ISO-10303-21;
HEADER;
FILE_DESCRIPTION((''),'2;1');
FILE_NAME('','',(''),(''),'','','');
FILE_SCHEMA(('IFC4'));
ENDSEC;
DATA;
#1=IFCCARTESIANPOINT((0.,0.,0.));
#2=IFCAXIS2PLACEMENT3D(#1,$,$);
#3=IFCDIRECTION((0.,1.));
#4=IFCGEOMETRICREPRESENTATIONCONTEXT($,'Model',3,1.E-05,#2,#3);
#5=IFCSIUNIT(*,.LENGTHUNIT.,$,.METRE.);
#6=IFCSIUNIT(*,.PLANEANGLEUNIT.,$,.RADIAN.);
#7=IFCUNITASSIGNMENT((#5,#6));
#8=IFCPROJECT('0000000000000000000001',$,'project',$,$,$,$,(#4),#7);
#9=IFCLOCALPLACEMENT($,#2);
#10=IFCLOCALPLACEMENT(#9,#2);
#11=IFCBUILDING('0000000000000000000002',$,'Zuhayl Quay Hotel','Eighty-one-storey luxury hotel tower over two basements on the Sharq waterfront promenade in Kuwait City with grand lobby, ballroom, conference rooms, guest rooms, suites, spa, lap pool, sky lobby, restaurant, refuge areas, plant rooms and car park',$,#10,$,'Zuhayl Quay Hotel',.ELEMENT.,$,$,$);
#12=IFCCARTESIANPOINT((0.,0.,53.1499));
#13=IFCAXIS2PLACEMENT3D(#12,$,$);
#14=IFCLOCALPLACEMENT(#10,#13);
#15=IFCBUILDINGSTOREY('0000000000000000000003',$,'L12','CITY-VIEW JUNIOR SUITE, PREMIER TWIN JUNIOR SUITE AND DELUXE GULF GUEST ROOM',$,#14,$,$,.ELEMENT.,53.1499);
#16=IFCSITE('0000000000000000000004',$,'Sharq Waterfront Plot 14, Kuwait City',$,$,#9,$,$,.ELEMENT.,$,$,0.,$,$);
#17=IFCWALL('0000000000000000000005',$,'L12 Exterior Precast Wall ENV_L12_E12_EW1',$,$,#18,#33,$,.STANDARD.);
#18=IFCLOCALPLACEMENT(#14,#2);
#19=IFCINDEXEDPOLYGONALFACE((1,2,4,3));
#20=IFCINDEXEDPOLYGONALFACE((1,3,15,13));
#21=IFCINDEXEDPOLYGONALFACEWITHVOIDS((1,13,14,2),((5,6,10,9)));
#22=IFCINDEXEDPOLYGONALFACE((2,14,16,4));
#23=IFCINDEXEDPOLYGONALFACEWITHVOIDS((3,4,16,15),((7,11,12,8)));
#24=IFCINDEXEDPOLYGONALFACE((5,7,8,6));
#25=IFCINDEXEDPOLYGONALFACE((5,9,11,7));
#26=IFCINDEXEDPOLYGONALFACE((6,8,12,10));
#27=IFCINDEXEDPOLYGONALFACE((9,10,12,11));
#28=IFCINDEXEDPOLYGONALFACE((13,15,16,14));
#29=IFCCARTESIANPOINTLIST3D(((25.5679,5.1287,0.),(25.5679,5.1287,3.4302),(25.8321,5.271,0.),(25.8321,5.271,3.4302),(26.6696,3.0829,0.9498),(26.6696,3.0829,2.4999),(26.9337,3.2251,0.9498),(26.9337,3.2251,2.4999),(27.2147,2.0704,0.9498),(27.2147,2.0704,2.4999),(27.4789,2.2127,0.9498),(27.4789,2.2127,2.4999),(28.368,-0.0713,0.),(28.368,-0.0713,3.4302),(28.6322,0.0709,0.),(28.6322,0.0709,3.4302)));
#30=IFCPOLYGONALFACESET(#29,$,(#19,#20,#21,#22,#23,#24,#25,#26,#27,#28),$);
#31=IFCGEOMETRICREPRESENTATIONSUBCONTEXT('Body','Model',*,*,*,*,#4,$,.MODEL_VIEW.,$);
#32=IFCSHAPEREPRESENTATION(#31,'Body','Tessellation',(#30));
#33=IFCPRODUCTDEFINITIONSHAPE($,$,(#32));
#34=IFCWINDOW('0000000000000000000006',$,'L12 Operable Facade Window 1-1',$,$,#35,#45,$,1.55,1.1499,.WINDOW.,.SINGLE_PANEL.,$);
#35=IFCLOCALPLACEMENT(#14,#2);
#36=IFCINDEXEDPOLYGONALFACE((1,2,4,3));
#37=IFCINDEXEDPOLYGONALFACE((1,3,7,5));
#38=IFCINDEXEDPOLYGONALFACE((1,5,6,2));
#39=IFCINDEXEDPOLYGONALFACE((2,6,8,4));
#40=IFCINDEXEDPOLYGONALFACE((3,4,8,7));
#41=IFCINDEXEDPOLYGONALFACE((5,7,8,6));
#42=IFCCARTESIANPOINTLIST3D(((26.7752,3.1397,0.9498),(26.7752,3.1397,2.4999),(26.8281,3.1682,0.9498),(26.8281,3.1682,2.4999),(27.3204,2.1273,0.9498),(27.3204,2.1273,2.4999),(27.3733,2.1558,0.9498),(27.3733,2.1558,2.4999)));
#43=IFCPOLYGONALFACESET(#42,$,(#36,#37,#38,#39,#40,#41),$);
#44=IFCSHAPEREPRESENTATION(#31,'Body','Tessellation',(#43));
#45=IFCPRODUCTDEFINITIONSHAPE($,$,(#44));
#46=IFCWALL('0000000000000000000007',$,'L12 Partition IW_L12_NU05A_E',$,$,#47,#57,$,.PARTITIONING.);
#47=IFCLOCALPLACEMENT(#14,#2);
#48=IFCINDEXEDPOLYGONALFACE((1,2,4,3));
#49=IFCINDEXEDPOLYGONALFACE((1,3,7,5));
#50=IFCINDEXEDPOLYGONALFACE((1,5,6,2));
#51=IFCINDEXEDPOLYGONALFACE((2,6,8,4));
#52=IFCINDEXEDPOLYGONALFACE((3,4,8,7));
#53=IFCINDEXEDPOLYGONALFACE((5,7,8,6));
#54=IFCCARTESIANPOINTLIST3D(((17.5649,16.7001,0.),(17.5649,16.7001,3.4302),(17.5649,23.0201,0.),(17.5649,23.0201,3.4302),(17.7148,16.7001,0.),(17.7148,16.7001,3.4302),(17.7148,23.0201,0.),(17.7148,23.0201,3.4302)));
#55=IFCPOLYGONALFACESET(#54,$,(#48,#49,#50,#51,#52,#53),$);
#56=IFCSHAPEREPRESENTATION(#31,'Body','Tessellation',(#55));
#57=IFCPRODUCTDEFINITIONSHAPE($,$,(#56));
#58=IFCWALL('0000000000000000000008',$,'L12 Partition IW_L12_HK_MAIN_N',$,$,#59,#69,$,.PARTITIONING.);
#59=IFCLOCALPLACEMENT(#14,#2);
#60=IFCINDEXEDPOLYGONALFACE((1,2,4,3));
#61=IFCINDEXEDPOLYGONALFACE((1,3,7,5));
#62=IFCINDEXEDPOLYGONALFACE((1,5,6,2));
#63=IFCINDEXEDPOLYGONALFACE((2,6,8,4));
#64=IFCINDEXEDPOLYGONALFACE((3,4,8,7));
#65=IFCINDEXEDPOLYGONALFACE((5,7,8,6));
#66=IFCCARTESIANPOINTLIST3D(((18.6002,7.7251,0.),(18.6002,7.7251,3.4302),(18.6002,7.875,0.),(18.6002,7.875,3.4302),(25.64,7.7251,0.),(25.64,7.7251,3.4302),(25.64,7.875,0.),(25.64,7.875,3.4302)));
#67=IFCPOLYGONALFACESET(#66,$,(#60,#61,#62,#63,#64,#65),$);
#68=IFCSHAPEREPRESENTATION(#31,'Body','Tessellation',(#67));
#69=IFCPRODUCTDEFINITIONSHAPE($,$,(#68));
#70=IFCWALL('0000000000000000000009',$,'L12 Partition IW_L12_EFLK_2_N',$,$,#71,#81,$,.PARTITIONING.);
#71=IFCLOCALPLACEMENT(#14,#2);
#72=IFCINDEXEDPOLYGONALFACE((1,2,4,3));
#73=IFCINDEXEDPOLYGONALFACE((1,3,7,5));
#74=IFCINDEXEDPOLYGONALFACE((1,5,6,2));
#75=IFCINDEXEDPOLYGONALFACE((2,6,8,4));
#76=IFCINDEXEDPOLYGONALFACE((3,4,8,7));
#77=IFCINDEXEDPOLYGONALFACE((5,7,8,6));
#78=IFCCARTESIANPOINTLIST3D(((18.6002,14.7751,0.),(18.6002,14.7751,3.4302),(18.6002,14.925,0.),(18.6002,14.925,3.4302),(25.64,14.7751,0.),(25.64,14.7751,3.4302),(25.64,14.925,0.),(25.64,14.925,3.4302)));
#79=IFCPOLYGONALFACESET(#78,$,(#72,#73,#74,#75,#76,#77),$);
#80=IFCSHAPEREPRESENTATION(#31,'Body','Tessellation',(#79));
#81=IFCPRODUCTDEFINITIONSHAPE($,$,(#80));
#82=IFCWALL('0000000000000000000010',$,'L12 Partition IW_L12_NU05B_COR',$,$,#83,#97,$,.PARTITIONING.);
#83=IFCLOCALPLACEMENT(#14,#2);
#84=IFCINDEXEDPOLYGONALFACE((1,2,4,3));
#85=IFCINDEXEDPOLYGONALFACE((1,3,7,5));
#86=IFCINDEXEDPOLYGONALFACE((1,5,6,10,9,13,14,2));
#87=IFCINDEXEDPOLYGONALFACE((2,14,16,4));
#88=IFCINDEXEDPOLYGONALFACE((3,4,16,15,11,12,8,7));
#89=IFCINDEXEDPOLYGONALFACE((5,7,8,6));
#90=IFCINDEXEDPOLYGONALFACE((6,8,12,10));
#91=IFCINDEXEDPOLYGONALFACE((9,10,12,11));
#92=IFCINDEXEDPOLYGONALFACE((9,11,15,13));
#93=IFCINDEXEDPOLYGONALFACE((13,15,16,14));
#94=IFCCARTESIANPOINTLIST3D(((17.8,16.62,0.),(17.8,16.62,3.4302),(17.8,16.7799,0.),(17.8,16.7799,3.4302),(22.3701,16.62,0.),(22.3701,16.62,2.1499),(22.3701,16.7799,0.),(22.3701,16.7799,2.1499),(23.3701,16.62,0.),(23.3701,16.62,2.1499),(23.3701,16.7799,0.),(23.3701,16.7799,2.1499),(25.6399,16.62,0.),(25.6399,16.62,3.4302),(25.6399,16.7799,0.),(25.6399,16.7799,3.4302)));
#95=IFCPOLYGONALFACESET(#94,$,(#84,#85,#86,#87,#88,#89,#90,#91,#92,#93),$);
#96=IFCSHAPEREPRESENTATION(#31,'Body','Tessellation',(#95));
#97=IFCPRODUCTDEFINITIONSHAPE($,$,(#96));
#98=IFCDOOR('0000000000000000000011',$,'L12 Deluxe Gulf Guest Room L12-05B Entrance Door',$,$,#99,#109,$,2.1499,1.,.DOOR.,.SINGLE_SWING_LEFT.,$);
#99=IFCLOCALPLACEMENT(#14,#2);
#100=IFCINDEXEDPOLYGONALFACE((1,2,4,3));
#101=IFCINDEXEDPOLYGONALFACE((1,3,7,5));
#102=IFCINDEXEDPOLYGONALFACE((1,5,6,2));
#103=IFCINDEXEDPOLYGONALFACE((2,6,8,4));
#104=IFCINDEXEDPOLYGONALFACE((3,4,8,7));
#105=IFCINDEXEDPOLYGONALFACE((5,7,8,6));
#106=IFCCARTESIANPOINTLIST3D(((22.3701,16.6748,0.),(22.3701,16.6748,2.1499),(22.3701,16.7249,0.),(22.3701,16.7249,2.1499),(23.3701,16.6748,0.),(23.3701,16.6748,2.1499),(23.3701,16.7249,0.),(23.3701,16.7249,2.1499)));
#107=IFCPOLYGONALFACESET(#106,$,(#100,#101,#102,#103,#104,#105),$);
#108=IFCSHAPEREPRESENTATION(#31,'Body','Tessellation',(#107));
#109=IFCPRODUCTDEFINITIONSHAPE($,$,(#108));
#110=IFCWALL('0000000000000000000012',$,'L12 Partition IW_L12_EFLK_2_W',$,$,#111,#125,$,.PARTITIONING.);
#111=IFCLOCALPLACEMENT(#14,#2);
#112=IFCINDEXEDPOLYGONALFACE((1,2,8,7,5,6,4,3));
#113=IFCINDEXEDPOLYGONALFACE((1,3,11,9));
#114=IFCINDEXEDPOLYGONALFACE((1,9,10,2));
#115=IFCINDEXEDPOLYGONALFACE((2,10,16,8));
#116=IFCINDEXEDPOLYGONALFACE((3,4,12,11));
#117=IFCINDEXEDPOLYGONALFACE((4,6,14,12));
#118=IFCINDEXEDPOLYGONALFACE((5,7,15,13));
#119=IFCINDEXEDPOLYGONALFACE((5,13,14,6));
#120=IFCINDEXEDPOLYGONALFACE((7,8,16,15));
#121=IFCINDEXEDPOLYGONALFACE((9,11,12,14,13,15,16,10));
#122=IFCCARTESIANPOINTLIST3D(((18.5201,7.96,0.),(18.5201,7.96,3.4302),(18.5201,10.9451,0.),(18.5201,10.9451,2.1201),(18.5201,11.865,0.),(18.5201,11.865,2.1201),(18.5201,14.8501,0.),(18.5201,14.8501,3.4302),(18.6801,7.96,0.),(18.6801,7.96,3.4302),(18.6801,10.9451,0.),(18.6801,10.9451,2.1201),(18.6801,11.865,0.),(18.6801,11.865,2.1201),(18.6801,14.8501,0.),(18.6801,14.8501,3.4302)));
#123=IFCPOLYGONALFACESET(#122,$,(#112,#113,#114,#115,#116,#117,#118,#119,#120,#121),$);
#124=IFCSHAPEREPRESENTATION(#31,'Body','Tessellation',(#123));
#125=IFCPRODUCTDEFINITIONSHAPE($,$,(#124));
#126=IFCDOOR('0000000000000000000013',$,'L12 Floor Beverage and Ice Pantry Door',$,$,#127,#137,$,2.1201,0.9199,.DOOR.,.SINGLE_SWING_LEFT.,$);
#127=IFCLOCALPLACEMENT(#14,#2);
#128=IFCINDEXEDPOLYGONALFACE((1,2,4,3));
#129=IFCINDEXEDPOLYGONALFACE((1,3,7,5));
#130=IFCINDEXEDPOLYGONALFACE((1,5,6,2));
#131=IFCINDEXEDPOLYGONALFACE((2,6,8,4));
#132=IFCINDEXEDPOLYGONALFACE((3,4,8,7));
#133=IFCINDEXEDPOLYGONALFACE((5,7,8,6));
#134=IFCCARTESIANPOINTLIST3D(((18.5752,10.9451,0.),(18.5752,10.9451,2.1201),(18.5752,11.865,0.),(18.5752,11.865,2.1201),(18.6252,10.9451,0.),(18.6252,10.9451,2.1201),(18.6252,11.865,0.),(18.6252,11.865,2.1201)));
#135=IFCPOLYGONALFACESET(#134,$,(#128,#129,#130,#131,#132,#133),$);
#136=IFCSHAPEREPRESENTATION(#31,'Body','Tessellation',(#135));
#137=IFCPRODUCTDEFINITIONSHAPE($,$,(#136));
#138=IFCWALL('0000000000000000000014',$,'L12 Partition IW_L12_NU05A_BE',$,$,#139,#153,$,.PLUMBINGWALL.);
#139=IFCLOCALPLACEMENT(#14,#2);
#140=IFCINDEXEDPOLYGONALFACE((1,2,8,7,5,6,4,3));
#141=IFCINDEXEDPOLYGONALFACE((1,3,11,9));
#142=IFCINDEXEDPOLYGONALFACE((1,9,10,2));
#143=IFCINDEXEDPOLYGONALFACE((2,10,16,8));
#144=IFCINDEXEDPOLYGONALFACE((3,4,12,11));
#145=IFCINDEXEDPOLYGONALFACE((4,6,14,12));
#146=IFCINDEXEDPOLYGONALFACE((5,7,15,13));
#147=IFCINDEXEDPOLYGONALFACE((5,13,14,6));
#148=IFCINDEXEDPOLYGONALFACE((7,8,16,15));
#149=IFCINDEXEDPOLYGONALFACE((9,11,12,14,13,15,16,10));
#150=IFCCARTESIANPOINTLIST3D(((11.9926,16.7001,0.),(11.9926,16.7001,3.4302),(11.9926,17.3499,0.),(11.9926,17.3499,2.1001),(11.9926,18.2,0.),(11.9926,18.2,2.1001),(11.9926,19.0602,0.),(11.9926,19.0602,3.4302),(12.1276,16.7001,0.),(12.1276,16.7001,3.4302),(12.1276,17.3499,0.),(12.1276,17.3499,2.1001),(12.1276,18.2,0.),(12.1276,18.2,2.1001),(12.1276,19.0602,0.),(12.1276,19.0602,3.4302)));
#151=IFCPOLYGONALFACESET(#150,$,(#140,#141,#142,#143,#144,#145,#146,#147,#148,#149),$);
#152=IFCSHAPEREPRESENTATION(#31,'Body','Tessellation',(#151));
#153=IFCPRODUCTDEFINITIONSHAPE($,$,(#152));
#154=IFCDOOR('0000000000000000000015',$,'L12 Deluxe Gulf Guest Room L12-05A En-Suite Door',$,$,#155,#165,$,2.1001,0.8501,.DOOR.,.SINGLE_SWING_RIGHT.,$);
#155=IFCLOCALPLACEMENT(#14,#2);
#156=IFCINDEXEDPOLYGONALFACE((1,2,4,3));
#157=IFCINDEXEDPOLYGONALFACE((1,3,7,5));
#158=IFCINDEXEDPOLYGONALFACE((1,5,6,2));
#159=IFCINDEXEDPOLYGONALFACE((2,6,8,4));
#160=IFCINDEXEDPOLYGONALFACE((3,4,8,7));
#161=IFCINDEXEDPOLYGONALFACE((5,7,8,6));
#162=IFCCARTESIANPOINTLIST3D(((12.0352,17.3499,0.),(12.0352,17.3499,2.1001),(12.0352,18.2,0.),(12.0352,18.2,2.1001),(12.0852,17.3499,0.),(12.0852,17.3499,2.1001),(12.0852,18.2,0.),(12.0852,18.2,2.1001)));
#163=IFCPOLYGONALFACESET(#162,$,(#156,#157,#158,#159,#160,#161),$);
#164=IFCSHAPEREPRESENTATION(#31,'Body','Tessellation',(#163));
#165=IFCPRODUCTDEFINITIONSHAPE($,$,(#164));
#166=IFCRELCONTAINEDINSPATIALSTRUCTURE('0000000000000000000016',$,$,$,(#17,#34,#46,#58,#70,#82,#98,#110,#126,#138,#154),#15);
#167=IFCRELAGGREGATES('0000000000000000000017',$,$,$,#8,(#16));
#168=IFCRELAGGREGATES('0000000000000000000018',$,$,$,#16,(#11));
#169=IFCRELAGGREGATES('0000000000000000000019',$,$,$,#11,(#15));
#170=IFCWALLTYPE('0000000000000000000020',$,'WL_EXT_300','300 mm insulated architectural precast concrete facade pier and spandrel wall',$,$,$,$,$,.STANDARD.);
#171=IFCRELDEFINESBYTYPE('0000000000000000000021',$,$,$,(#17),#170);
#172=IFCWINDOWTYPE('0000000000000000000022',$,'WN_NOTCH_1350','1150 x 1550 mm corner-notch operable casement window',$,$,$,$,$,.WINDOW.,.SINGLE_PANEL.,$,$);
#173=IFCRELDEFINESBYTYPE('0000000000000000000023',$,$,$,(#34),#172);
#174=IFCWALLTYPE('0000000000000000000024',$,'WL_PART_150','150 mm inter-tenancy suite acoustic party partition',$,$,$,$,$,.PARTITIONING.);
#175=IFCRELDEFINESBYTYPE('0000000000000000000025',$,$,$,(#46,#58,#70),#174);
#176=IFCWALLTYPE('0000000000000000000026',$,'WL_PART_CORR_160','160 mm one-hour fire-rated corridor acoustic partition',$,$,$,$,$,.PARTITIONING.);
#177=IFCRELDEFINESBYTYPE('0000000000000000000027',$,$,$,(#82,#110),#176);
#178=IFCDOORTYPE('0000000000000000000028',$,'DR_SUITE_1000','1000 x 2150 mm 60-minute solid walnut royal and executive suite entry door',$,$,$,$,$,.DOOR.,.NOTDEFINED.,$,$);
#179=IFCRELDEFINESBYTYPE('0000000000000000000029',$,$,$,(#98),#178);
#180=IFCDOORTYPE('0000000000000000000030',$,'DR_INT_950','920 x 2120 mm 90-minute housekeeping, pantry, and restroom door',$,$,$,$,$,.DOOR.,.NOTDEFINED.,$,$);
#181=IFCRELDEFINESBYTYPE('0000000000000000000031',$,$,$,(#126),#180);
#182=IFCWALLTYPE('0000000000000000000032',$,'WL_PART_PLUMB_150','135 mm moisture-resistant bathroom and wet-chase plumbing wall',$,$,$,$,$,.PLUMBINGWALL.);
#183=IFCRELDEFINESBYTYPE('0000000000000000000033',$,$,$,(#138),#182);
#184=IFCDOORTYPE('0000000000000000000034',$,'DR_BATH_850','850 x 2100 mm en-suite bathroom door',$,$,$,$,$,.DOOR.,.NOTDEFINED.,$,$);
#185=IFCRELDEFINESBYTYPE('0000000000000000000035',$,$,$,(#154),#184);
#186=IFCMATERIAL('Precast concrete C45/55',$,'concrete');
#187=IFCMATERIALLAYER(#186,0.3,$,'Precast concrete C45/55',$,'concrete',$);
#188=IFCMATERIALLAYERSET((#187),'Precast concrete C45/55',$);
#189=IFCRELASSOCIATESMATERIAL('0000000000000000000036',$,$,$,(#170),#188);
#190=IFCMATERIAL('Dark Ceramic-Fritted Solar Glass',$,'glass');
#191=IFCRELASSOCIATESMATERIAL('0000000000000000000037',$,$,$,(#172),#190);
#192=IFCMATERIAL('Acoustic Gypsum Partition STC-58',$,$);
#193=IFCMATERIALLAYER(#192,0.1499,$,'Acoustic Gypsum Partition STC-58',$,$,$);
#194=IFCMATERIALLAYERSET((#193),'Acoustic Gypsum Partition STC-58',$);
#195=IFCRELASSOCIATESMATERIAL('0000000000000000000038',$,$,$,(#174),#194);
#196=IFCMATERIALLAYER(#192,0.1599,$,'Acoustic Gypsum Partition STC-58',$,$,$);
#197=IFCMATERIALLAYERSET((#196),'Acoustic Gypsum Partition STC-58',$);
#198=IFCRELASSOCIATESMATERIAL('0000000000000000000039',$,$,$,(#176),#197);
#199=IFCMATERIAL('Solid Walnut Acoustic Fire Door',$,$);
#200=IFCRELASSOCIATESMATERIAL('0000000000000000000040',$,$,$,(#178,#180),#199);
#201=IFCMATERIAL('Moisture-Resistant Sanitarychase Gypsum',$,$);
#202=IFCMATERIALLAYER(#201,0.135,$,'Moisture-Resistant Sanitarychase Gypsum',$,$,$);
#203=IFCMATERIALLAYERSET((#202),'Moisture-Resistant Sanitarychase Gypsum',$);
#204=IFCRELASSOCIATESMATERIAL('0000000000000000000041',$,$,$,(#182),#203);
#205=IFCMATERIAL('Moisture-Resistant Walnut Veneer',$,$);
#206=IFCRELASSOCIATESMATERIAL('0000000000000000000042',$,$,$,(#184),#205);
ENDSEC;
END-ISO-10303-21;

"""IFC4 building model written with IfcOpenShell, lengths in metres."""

from ifc_helpers import new_model, si_unit, direction, frame, frame_2d, origin, place, context, subcontext, project, spatial, rectangle, extrude, material, layer, layer_set, type_object, element, fill, save


model = new_model("IFC4")

# Units and contexts
model_context = context("Model", 3, precision=1e-05, world=origin(), true_north=direction((0.0, 1.0)))
body_context = subcontext(model_context, "Body", "Model", "MODEL_VIEW")
ifc_project = project(units=[si_unit("LENGTHUNIT", "METRE"), si_unit("PLANEANGLEUNIT", "RADIAN")], contexts=[model_context])

# Site, building, storey
site_placement = place(None, origin())
site = spatial("IfcSite", under=ifc_project, at=site_placement, Name="Sharq Waterfront Plot 14, Kuwait City", CompositionType="ELEMENT", RefElevation=0.0)
building_placement = place(site_placement, origin())
building = spatial("IfcBuilding", under=site, at=building_placement, Name="Zuhayl Quay Hotel", Description="Eighty-one-storey luxury hotel tower over two basements on the Sharq waterfront promenade in Kuwait City with grand lobby, ballroom, conference rooms, guest rooms, suites, spa, lap pool, sky lobby, restaurant, refuge areas, plant rooms and car park", LongName="Zuhayl Quay Hotel", CompositionType="ELEMENT")
storey_placement = place(building_placement, frame((0.0, 0.0, 53.1499)))
storey = spatial("IfcBuildingStorey", under=building, at=storey_placement, Name="L12", Description="CITY-VIEW JUNIOR SUITE, PREMIER TWIN JUNIOR SUITE AND DELUXE GULF GUEST ROOM", CompositionType="ELEMENT", Elevation=53.1499)

# Shared definitions
ifc_material_1 = material(Name="Dark Ceramic-Fritted Solar Glass", Category="glass")

# Wall, opening, window
ifc_material_2 = material(Name="Precast concrete C45/55", Category="concrete")
ifc_layer_1 = layer(ifc_material_2, 0.3, Name="Precast concrete C45/55", Category="concrete")
ifc_layer_set_1 = layer_set([ifc_layer_1], Name="Precast concrete C45/55")
wall_type_1 = type_object("IfcWallType", Name="WL_EXT_300", Description="300 mm insulated architectural precast concrete facade pier and spandrel wall", PredefinedType="STANDARD", material=ifc_layer_set_1)
window_type = type_object("IfcWindowType", Name="WN_NOTCH_1350", Description="1150 x 1550 mm corner-notch operable casement window", PartitioningType="SINGLE_PANEL", PredefinedType="WINDOW", material=ifc_material_1)
wall_1_placement = place(storey_placement, frame((25.7, 5.2, 0.0), z_axis=(0.0, 0.0, 1.0), x_axis=(0.47411, -0.880466, 0.0)))
wall_1 = element("IfcWall", 1, at=wall_1_placement, inside=storey, type_object=wall_type_1, Name="L12 Exterior Precast Wall ENV_L12_E12_EW1", PredefinedType="STANDARD", context=body_context, shape_type="SweptSolid", body=[
    extrude(rectangle(XDim=5.906, YDim=0.3, at=frame_2d((2.9531, 0.0))), origin(), (0.0, 0.0, 1.0), 3.4302),
])
opening_1_placement = place(wall_1_placement, frame((2.3237, 0.0, 0.95)))
opening_1 = element("IfcOpeningElement", 2, at=opening_1_placement, cuts=wall_1, PredefinedType="OPENING", context=body_context, shape_type="SweptSolid", body=[
    extrude(rectangle(XDim=1.1499, YDim=1.55, at=frame_2d((0.575, 0.7749))), frame((0.0, 0.1599, 0.0), z_axis=(0.0, -1.0, 0.0), x_axis=(1.0, 0.0, 0.0)), (0.0, 0.0, 1.0), 0.3201),
])
window_1_placement = place(opening_1_placement, origin())
window_1 = element("IfcWindow", 3, at=window_1_placement, inside=storey, type_object=window_type, Name="L12 Operable Facade Window 1-1", OverallHeight=1.55, OverallWidth=1.1499, PartitioningType="SINGLE_PANEL", PredefinedType="WINDOW", context=body_context, shape_type="SweptSolid", body=[
    extrude(rectangle(XDim=1.1499, YDim=1.55, at=frame_2d((0.575, 0.7749))), frame((0.0, 0.03, 0.0), z_axis=(0.0, -1.0, 0.0), x_axis=(1.0, 0.0, 0.0)), (0.0, 0.0, 1.0), 0.0601),
])
fill(opening_1, window_1)

# Walls
ifc_material_3 = material(Name="Acoustic Gypsum Partition STC-58")
ifc_layer_2 = layer(ifc_material_3, 0.1499, Name="Acoustic Gypsum Partition STC-58")
ifc_layer_set_2 = layer_set([ifc_layer_2], Name="Acoustic Gypsum Partition STC-58")
wall_type_2 = type_object("IfcWallType", Name="WL_PART_150", Description="150 mm inter-tenancy suite acoustic party partition", PredefinedType="PARTITIONING", material=ifc_layer_set_2)
wall_2_placement = place(storey_placement, frame((17.6399, 16.7, 0.0), z_axis=(0.0, 0.0, 1.0), x_axis=(0.0, 1.0, 0.0)))
element("IfcWall", 4, at=wall_2_placement, inside=storey, type_object=wall_type_2, Name="L12 Partition IW_L12_NU05A_E", PredefinedType="PARTITIONING", context=body_context, shape_type="SweptSolid", body=[
    extrude(rectangle(XDim=6.3201, YDim=0.1499, at=frame_2d((3.1602, 0.0))), origin(), (0.0, 0.0, 1.0), 3.4302),
])
for number, where, z_axis, x_axis, name in (
    (5, (18.6001, 7.8, 0.0), (0.0, 0.0, 1.0), (1.0, 0.0, 0.0), "L12 Partition IW_L12_HK_MAIN_N"),
    (6, (18.6001, 14.8501, 0.0), (0.0, 0.0, 1.0), (1.0, 0.0, 0.0), "L12 Partition IW_L12_EFLK_2_N"),
):
    element("IfcWall", number, at=place(storey_placement, frame(where, z_axis=z_axis, x_axis=x_axis)), inside=storey, type_object=wall_type_2, Name=name, PredefinedType="PARTITIONING", context=body_context, shape_type="SweptSolid", body=[
        extrude(rectangle(XDim=7.0398, YDim=0.1499, at=frame_2d((3.52, 0.0))), origin(), (0.0, 0.0, 1.0), 3.4302),
    ])

# Walls, openings, doors
ifc_layer_3 = layer(ifc_material_3, 0.1599, Name="Acoustic Gypsum Partition STC-58")
ifc_layer_set_3 = layer_set([ifc_layer_3], Name="Acoustic Gypsum Partition STC-58")
wall_type_3 = type_object("IfcWallType", Name="WL_PART_CORR_160", Description="160 mm one-hour fire-rated corridor acoustic partition", PredefinedType="PARTITIONING", material=ifc_layer_set_3)
wall_3_placement = place(storey_placement, frame((17.8, 16.7, 0.0), z_axis=(0.0, 0.0, 1.0), x_axis=(1.0, 0.0, 0.0)))
wall_3 = element("IfcWall", 7, at=wall_3_placement, inside=storey, type_object=wall_type_3, Name="L12 Partition IW_L12_NU05B_COR", PredefinedType="PARTITIONING", context=body_context, shape_type="SweptSolid", body=[
    extrude(rectangle(XDim=7.8398, YDim=0.1599, at=frame_2d((3.9199, 0.0))), origin(), (0.0, 0.0, 1.0), 3.4302),
])
opening_2_placement = place(wall_3_placement, frame((4.5701, 0.0, 0.0)))
opening_2 = element("IfcOpeningElement", 8, at=opening_2_placement, cuts=wall_3, PredefinedType="OPENING", context=body_context, shape_type="SweptSolid", body=[
    extrude(rectangle(XDim=1.0, YDim=2.1499, at=frame_2d((0.5, 1.075))), frame((0.0, 0.0898, 0.0), z_axis=(0.0, -1.0, 0.0), x_axis=(1.0, 0.0, 0.0)), (0.0, 0.0, 1.0), 0.1799),
])
ifc_material_4 = material(Name="Solid Walnut Acoustic Fire Door")
door_type_1 = type_object("IfcDoorType", Name="DR_SUITE_1000", Description="1000 x 2150 mm 60-minute solid walnut royal and executive suite entry door", OperationType="NOTDEFINED", PredefinedType="DOOR", material=ifc_material_4)
door_1_placement = place(opening_2_placement, origin())
door_1 = element("IfcDoor", 9, at=door_1_placement, inside=storey, type_object=door_type_1, Name="L12 Deluxe Gulf Guest Room L12-05B Entrance Door", OperationType="SINGLE_SWING_LEFT", OverallHeight=2.1499, OverallWidth=1.0, PredefinedType="DOOR", context=body_context, shape_type="SweptSolid", body=[
    extrude(rectangle(XDim=1.0, YDim=2.1499, at=frame_2d((0.5, 1.075))), frame((0.0, 0.0249, 0.0), z_axis=(0.0, -1.0, 0.0), x_axis=(1.0, 0.0, 0.0)), (0.0, 0.0, 1.0), 0.05),
])
fill(opening_2, door_1)
wall_4_placement = place(storey_placement, frame((18.6001, 7.96, 0.0), z_axis=(0.0, 0.0, 1.0), x_axis=(0.0, 1.0, 0.0)))
wall_4 = element("IfcWall", 10, at=wall_4_placement, inside=storey, type_object=wall_type_3, Name="L12 Partition IW_L12_EFLK_2_W", PredefinedType="PARTITIONING", context=body_context, shape_type="SweptSolid", body=[
    extrude(rectangle(XDim=6.8901, YDim=0.1599, at=frame_2d((3.4451, 0.0))), origin(), (0.0, 0.0, 1.0), 3.4302),
])
opening_3_placement = place(wall_4_placement, frame((2.9851, 0.0, 0.0)))
opening_3 = element("IfcOpeningElement", 11, at=opening_3_placement, cuts=wall_4, PredefinedType="OPENING", context=body_context, shape_type="SweptSolid", body=[
    extrude(rectangle(XDim=0.9199, YDim=2.1201, at=frame_2d((0.46, 1.0601))), frame((0.0, 0.0898, 0.0), z_axis=(0.0, -1.0, 0.0), x_axis=(1.0, 0.0, 0.0)), (0.0, 0.0, 1.0), 0.1799),
])
door_type_2 = type_object("IfcDoorType", Name="DR_INT_950", Description="920 x 2120 mm 90-minute housekeeping, pantry, and restroom door", OperationType="NOTDEFINED", PredefinedType="DOOR", material=ifc_material_4)
door_2_placement = place(opening_3_placement, origin())
door_2 = element("IfcDoor", 12, at=door_2_placement, inside=storey, type_object=door_type_2, Name="L12 Floor Beverage and Ice Pantry Door", OperationType="SINGLE_SWING_LEFT", OverallHeight=2.1201, OverallWidth=0.9199, PredefinedType="DOOR", context=body_context, shape_type="SweptSolid", body=[
    extrude(rectangle(XDim=0.9199, YDim=2.1201, at=frame_2d((0.46, 1.0601))), frame((0.0, 0.0249, 0.0), z_axis=(0.0, -1.0, 0.0), x_axis=(1.0, 0.0, 0.0)), (0.0, 0.0, 1.0), 0.05),
])
fill(opening_3, door_2)
ifc_material_5 = material(Name="Moisture-Resistant Sanitarychase Gypsum")
ifc_layer_4 = layer(ifc_material_5, 0.135, Name="Moisture-Resistant Sanitarychase Gypsum")
ifc_layer_set_4 = layer_set([ifc_layer_4], Name="Moisture-Resistant Sanitarychase Gypsum")
wall_type_4 = type_object("IfcWallType", Name="WL_PART_PLUMB_150", Description="135 mm moisture-resistant bathroom and wet-chase plumbing wall", PredefinedType="PLUMBINGWALL", material=ifc_layer_set_4)
wall_5_placement = place(storey_placement, frame((12.0601, 16.7, 0.0), z_axis=(0.0, 0.0, 1.0), x_axis=(0.0, 1.0, 0.0)))
wall_5 = element("IfcWall", 13, at=wall_5_placement, inside=storey, type_object=wall_type_4, Name="L12 Partition IW_L12_NU05A_BE", PredefinedType="PLUMBINGWALL", context=body_context, shape_type="SweptSolid", body=[
    extrude(rectangle(XDim=2.3601, YDim=0.135, at=frame_2d((1.1802, 0.0))), origin(), (0.0, 0.0, 1.0), 3.4302),
])
opening_4_placement = place(wall_5_placement, frame((0.6499, 0.0, 0.0)))
opening_4 = element("IfcOpeningElement", 14, at=opening_4_placement, cuts=wall_5, PredefinedType="OPENING", context=body_context, shape_type="SweptSolid", body=[
    extrude(rectangle(XDim=0.8501, YDim=2.1001, at=frame_2d((0.425, 1.05))), frame((0.0, 0.0774, 0.0), z_axis=(0.0, -1.0, 0.0), x_axis=(1.0, 0.0, 0.0)), (0.0, 0.0, 1.0), 0.155),
])
ifc_material_6 = material(Name="Moisture-Resistant Walnut Veneer")
door_type_3 = type_object("IfcDoorType", Name="DR_BATH_850", Description="850 x 2100 mm en-suite bathroom door", OperationType="NOTDEFINED", PredefinedType="DOOR", material=ifc_material_6)
door_3_placement = place(opening_4_placement, origin())
door_3 = element("IfcDoor", 15, at=door_3_placement, inside=storey, type_object=door_type_3, Name="L12 Deluxe Gulf Guest Room L12-05A En-Suite Door", OperationType="SINGLE_SWING_RIGHT", OverallHeight=2.1001, OverallWidth=0.8501, PredefinedType="DOOR", context=body_context, shape_type="SweptSolid", body=[
    extrude(rectangle(XDim=0.8501, YDim=2.1001, at=frame_2d((0.425, 1.05))), frame((0.0, 0.0249, 0.0), z_axis=(0.0, -1.0, 0.0), x_axis=(1.0, 0.0, 0.0)), (0.0, 0.0, 1.0), 0.05),
])
fill(opening_4, door_3)

save(model, "model.ifc")
